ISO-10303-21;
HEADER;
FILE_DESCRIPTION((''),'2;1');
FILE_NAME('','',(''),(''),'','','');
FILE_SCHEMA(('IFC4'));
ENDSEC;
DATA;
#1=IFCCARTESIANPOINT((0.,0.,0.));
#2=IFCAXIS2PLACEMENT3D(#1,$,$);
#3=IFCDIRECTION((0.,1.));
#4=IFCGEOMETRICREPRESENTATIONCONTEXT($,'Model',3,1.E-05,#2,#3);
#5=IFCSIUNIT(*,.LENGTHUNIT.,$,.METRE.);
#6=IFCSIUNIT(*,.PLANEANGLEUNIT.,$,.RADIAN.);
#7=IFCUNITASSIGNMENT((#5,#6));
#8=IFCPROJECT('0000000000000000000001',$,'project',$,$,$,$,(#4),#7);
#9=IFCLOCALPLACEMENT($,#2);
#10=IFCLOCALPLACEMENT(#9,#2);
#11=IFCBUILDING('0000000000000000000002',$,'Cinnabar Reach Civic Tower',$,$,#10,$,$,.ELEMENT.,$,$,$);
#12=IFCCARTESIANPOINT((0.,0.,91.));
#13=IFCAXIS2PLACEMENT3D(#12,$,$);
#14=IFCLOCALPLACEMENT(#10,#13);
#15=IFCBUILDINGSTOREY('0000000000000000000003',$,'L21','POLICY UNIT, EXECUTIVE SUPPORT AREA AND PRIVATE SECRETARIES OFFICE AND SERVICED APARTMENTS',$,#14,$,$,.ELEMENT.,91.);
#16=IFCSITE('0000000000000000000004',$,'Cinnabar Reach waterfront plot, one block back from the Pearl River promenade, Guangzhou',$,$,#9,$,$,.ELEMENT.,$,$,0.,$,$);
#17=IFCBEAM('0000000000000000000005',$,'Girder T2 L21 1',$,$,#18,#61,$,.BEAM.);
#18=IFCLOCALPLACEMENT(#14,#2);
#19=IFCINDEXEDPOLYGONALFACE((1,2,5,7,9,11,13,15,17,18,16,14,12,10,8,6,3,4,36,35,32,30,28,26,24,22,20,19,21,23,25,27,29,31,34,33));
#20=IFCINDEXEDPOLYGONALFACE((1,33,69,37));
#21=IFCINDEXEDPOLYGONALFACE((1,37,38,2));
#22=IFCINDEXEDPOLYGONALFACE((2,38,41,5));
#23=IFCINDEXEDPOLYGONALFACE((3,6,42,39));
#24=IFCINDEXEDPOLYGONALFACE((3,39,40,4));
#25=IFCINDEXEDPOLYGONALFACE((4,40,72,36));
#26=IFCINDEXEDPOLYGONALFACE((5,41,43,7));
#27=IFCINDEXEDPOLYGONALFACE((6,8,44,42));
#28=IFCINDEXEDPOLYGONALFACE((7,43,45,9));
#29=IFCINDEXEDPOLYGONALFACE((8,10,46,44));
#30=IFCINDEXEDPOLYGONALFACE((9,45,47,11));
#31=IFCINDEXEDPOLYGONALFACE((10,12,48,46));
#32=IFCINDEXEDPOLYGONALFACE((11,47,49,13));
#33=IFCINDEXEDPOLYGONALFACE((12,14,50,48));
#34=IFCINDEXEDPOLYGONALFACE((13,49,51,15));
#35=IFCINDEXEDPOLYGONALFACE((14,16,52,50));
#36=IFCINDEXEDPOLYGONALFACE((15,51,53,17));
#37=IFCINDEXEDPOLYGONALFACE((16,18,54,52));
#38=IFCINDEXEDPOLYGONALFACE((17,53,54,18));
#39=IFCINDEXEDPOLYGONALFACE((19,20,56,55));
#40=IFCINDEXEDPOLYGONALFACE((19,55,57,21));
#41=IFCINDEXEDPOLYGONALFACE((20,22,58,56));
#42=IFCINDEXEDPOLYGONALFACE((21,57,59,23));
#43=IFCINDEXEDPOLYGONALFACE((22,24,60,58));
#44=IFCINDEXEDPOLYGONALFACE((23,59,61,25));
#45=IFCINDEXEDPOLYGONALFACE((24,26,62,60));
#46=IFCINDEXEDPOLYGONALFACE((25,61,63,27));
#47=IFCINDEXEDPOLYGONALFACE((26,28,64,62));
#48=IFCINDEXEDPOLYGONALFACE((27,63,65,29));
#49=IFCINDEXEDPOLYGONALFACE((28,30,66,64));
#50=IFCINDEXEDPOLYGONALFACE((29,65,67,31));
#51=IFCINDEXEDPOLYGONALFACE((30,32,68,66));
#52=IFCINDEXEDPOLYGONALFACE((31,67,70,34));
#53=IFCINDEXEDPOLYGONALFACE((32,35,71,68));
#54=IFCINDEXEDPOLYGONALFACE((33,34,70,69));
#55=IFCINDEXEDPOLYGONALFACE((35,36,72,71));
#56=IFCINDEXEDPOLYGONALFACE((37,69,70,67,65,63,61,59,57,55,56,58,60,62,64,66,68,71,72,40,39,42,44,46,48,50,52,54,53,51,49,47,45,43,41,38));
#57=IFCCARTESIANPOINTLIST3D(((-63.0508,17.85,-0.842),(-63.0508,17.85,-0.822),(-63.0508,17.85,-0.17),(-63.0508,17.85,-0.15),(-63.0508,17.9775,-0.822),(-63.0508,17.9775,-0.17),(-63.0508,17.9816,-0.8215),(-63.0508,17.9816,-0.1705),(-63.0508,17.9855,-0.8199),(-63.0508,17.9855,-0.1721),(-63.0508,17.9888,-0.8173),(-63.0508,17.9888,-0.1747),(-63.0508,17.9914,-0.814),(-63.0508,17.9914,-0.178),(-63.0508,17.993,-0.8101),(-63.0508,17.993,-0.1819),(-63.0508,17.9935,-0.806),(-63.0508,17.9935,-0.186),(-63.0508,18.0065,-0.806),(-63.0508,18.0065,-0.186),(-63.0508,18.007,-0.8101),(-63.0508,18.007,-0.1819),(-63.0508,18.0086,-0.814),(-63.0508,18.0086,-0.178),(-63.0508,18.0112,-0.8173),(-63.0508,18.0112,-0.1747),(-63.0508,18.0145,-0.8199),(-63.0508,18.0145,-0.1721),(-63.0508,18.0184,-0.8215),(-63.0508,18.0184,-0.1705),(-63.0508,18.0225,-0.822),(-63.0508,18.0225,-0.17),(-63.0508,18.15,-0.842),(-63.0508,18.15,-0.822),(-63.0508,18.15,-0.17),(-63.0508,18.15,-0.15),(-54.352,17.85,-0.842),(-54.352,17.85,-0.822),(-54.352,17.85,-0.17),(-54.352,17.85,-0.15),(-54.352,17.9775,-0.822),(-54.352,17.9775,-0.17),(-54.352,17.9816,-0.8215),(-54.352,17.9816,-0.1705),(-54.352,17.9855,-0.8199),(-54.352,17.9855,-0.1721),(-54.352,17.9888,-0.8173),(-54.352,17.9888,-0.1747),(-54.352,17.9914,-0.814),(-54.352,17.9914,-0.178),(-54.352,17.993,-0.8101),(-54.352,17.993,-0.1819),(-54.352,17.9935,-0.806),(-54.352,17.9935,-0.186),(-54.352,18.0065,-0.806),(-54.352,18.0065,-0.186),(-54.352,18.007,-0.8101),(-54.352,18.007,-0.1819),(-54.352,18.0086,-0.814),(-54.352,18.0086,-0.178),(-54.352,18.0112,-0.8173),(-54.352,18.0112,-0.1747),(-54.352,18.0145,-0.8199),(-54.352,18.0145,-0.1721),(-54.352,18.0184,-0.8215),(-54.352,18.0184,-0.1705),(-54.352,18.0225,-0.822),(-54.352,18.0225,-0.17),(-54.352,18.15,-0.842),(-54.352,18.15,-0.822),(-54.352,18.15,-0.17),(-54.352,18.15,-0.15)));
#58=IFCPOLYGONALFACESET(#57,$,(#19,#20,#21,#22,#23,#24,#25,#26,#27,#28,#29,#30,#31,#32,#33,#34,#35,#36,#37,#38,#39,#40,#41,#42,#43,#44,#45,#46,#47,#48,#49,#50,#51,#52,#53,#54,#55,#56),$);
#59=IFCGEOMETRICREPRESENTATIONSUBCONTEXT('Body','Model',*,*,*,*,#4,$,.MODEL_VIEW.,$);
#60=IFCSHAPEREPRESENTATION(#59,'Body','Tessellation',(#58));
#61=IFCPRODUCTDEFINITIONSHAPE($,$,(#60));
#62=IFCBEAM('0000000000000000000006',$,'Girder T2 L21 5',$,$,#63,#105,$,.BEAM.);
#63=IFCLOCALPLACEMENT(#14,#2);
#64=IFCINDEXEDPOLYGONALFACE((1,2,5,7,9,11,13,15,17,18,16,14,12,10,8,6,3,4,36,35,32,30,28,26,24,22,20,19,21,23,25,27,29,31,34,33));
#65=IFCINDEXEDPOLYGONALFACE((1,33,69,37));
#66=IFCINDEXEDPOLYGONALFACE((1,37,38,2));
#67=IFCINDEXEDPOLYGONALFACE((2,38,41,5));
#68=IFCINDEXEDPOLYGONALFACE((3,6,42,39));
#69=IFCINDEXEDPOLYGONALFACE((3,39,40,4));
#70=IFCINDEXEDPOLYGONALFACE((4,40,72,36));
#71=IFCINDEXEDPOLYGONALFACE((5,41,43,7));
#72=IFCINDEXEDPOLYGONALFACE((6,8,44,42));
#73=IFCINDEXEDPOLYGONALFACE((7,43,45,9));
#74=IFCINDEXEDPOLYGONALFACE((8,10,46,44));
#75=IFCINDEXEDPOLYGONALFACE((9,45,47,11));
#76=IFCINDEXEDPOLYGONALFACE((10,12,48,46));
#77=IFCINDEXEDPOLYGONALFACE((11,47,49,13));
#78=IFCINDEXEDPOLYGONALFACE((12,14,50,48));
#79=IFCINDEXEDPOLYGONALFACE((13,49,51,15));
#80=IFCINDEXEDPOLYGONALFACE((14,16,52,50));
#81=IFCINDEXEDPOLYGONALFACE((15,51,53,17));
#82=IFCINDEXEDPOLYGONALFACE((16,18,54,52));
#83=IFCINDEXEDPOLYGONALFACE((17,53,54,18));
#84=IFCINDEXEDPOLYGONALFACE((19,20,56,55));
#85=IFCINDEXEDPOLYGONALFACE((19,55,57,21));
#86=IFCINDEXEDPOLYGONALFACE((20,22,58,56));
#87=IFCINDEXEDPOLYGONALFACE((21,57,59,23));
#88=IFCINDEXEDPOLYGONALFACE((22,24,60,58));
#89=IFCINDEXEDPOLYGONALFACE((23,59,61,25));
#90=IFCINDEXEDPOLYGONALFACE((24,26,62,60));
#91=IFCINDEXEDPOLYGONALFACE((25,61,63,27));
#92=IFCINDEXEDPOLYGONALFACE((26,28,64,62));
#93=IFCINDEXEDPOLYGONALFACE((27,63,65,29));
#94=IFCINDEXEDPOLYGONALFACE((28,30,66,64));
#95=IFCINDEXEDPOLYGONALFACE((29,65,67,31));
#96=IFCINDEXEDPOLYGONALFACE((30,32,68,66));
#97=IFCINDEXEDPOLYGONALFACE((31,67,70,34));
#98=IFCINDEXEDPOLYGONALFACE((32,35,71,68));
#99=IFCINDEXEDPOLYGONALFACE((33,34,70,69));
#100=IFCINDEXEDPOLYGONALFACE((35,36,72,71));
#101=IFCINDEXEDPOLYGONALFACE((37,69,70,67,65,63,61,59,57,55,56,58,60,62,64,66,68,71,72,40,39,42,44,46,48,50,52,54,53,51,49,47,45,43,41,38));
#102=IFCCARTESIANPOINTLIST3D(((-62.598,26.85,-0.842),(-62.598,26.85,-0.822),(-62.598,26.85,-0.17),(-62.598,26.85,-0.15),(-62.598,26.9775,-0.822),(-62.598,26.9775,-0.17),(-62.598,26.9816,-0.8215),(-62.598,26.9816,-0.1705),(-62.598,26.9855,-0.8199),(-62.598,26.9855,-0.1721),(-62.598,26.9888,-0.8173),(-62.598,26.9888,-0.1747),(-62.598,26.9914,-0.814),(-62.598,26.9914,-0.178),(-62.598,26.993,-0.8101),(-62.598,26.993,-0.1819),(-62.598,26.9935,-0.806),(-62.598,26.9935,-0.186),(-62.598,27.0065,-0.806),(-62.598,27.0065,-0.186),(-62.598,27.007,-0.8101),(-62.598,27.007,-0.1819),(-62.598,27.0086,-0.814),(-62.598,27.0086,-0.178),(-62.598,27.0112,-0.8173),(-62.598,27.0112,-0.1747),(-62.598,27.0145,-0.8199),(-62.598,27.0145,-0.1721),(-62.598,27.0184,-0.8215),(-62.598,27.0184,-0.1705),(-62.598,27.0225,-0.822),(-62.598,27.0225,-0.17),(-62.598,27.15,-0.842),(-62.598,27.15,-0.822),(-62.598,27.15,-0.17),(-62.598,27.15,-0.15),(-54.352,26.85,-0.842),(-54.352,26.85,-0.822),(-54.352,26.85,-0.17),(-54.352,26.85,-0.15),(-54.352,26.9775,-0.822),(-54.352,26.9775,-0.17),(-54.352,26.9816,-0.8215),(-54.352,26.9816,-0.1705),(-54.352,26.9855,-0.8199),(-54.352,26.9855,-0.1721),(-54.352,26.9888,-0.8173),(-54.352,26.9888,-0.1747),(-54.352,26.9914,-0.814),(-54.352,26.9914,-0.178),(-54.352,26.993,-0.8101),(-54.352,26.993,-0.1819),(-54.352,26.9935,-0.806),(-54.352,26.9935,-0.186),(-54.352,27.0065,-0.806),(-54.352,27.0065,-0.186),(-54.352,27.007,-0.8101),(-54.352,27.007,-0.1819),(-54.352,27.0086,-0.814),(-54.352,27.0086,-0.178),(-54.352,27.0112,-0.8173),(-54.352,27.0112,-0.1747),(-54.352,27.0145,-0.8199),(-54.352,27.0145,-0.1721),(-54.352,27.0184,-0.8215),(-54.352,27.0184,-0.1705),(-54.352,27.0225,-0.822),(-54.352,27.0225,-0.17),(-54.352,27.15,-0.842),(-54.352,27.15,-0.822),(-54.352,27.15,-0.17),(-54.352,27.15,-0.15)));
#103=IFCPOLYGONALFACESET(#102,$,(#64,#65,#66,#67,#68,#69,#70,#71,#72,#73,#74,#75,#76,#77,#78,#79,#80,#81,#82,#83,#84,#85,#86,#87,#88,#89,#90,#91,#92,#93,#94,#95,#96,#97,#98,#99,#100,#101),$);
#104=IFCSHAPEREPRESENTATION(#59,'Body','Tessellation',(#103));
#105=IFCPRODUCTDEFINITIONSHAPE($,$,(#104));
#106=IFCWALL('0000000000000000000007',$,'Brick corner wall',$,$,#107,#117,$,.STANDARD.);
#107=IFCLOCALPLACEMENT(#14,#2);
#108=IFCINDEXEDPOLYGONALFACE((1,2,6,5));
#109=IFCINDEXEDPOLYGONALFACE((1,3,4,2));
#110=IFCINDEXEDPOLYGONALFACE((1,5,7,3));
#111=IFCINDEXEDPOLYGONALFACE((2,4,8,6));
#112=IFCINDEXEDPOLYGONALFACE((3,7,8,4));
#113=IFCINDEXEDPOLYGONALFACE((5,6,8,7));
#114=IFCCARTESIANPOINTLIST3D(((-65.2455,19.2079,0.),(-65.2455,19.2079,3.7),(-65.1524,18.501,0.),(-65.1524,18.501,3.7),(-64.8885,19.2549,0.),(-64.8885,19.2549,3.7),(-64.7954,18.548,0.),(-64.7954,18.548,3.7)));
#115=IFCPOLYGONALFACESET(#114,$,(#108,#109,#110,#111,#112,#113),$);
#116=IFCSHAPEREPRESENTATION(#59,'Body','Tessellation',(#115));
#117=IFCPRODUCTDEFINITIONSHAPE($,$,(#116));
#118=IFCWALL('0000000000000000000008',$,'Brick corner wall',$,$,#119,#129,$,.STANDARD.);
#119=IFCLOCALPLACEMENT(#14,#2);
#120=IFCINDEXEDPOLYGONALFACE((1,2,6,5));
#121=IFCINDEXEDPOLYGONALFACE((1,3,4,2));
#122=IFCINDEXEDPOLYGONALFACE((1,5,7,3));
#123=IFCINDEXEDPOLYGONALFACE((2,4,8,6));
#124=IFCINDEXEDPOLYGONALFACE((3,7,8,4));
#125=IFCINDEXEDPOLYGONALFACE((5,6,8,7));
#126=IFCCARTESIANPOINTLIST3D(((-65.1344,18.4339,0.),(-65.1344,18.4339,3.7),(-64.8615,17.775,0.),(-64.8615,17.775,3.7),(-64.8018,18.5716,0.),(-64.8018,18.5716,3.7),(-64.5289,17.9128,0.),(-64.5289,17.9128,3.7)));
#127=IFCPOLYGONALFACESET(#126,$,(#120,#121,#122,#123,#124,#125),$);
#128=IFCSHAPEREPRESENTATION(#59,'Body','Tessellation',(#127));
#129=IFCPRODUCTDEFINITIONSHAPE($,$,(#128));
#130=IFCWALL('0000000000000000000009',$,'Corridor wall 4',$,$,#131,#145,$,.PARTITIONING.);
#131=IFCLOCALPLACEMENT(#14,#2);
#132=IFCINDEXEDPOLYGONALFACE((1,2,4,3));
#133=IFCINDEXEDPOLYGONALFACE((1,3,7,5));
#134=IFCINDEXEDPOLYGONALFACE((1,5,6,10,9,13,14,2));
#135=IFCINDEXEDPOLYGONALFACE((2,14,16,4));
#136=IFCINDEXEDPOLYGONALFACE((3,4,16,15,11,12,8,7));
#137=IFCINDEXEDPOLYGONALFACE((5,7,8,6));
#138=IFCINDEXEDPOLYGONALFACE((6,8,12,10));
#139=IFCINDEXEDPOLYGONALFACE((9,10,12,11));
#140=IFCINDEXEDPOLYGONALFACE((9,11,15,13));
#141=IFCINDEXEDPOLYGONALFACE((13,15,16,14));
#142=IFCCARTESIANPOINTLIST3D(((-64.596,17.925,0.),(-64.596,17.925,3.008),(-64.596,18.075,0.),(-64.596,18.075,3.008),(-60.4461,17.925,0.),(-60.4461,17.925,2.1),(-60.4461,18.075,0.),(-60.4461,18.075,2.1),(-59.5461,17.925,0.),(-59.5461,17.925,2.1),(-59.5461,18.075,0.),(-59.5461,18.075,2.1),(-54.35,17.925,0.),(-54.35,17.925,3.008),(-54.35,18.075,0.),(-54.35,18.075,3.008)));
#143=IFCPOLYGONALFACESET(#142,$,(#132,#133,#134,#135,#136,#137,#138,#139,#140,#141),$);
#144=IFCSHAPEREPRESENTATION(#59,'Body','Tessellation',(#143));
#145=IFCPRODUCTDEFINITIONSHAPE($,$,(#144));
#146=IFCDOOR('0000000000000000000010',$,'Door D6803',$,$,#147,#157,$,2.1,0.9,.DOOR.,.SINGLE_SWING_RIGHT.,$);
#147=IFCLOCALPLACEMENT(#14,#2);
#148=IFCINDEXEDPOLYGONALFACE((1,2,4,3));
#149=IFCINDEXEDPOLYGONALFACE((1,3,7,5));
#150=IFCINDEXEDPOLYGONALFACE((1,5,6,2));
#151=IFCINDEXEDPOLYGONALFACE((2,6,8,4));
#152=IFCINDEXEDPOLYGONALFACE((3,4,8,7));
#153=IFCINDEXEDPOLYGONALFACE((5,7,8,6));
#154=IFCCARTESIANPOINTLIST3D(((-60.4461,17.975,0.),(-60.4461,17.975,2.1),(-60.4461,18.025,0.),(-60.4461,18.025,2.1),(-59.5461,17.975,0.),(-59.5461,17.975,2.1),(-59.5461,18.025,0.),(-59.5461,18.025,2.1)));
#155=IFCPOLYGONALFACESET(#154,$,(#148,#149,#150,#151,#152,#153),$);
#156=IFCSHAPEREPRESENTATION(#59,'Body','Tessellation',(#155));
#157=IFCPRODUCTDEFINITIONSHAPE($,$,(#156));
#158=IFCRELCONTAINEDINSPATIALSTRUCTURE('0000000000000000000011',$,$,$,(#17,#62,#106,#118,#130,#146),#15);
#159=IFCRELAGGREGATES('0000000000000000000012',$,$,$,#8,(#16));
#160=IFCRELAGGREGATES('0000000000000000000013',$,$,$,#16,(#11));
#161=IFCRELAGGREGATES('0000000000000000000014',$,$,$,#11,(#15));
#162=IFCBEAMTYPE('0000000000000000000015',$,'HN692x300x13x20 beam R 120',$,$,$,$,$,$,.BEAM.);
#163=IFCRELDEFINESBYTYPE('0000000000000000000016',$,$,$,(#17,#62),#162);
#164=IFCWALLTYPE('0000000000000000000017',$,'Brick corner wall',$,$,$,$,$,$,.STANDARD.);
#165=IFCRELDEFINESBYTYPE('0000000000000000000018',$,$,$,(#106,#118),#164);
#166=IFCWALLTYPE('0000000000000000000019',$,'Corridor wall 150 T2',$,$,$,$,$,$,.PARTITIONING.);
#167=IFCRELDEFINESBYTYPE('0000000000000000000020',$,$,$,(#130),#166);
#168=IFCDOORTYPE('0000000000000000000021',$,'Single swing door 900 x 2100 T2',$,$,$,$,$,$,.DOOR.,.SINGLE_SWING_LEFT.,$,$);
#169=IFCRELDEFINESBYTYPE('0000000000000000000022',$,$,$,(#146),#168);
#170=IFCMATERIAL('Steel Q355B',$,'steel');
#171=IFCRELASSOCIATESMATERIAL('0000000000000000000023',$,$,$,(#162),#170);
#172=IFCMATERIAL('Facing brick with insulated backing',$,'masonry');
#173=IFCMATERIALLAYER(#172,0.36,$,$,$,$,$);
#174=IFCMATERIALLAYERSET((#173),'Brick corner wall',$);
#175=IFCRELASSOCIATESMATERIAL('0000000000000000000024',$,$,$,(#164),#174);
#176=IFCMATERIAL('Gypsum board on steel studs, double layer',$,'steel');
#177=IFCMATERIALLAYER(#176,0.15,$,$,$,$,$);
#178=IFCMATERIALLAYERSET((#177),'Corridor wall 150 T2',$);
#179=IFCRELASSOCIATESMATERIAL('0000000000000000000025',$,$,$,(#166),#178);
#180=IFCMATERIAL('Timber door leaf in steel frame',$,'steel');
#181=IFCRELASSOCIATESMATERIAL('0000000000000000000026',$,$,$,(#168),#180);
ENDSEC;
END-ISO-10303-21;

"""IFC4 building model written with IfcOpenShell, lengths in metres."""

from ifc_helpers import new_model, si_unit, direction, frame, frame_2d, origin, origin_2d, place, context, subcontext, project, spatial, rectangle, i_section, extrude, material, layer, layer_set, material_profile, profile_set, type_object, element, fill, save


model = new_model("IFC4")

# Units and contexts
model_context = context("Model", 3, precision=1e-05, world=origin(), true_north=direction((0.0, 1.0)))
body_context = subcontext(model_context, "Body", "Model", "MODEL_VIEW")
ifc_project = project(units=[si_unit("LENGTHUNIT", "METRE"), si_unit("PLANEANGLEUNIT", "RADIAN")], contexts=[model_context])

# Site, building, storey
site_placement = place(None, origin())
site = spatial("IfcSite", under=ifc_project, at=site_placement, Name="Cinnabar Reach waterfront plot, one block back from the Pearl River promenade, Guangzhou", CompositionType="ELEMENT", RefElevation=0.0)
building_placement = place(site_placement, origin())
building = spatial("IfcBuilding", under=site, at=building_placement, Name="Cinnabar Reach Civic Tower", CompositionType="ELEMENT")
storey_placement = place(building_placement, frame((0.0, 0.0, 91.0)))
storey = spatial("IfcBuildingStorey", under=building, at=storey_placement, Name="L21", Description="POLICY UNIT, EXECUTIVE SUPPORT AREA AND PRIVATE SECRETARIES OFFICE AND SERVICED APARTMENTS", CompositionType="ELEMENT", Elevation=91.0)

# Beams
ifc_material_1 = material(Name="Steel Q355B", Category="steel")
ifc_material_profile_1 = material_profile(ifc_material_1, i_section(OverallWidth=0.3, OverallDepth=0.692, WebThickness=0.013, FlangeThickness=0.02, FilletRadius=0.016, at=origin_2d()), Name="HN692x300x13x20")
ifc_profile_set_1 = profile_set([ifc_material_profile_1], Name="Steel Q355B")
beam_type_1 = type_object("IfcBeamType", Name="HN692x300x13x20 beam R 120", PredefinedType="BEAM", material=ifc_profile_set_1)
beam_1_placement = place(storey_placement, frame((-63.0508, 18.0, -0.496), z_axis=(1.0, 0.0, 0.0), x_axis=(0.0, 1.0, 0.0)))
element("IfcBeam", 1, at=beam_1_placement, inside=storey, type_object=beam_type_1, Name="Girder T2 L21 1", PredefinedType="BEAM", context=body_context, shape_type="SweptSolid", body=[
    extrude(i_section(OverallWidth=0.3, OverallDepth=0.692, WebThickness=0.013, FlangeThickness=0.02, FilletRadius=0.016, at=origin_2d()), origin(), (0.0, 0.0, 1.0), 8.6988),
])
beam_2_placement = place(storey_placement, frame((-62.598, 27.0, -0.496), z_axis=(1.0, 0.0, 0.0), x_axis=(0.0, 1.0, 0.0)))
element("IfcBeam", 2, at=beam_2_placement, inside=storey, type_object=beam_type_1, Name="Girder T2 L21 5", PredefinedType="BEAM", context=body_context, shape_type="SweptSolid", body=[
    extrude(i_section(OverallWidth=0.3, OverallDepth=0.692, WebThickness=0.013, FlangeThickness=0.02, FilletRadius=0.016, at=origin_2d()), origin(), (0.0, 0.0, 1.0), 8.246),
])

# Walls
ifc_material_2 = material(Name="Facing brick with insulated backing", Category="masonry")
ifc_layer_1 = layer(ifc_material_2, 0.36)
ifc_layer_set_1 = layer_set([ifc_layer_1], Name="Brick corner wall")
wall_type_1 = type_object("IfcWallType", Name="Brick corner wall", PredefinedType="STANDARD", material=ifc_layer_set_1)
for number, where, z_axis, x_axis, name in (
    (3, (-65.067, 19.2314, 0.0), (0.0, 0.0, 1.0), (0.130556, -0.991441, 0.0), "Brick corner wall"),
    (4, (-64.9681, 18.5027, 0.0), (0.0, 0.0, 1.0), (0.382703, -0.923872, 0.0), "Brick corner wall"),
):
    element("IfcWall", number, at=place(storey_placement, frame(where, z_axis=z_axis, x_axis=x_axis)), inside=storey, type_object=wall_type_1, Name=name, PredefinedType="STANDARD", context=body_context, shape_type="SweptSolid", body=[
        extrude(rectangle(XDim=0.7131, YDim=0.36, at=frame_2d((0.3565, 0.0))), origin(), (0.0, 0.0, 1.0), 3.7),
    ])

# Wall, opening, door
ifc_material_3 = material(Name="Gypsum board on steel studs, double layer", Category="steel")
ifc_layer_2 = layer(ifc_material_3, 0.15)
ifc_layer_set_2 = layer_set([ifc_layer_2], Name="Corridor wall 150 T2")
wall_type_2 = type_object("IfcWallType", Name="Corridor wall 150 T2", PredefinedType="PARTITIONING", material=ifc_layer_set_2)
wall_1_placement = place(storey_placement, frame((-64.5961, 18.0, 0.0), z_axis=(0.0, 0.0, 1.0), x_axis=(1.0, 0.0, 0.0)))
wall_1 = element("IfcWall", 5, at=wall_1_placement, inside=storey, type_object=wall_type_2, Name="Corridor wall 4", PredefinedType="PARTITIONING", context=body_context, shape_type="SweptSolid", body=[
    extrude(rectangle(XDim=10.2461, YDim=0.15, at=frame_2d((5.1231, 0.0))), origin(), (0.0, 0.0, 1.0), 3.008),
])
opening_1_placement = place(wall_1_placement, frame((4.15, 0.0, 0.0)))
opening_1 = element("IfcOpeningElement", 6, at=opening_1_placement, cuts=wall_1, PredefinedType="OPENING", context=body_context, shape_type="SweptSolid", body=[
    extrude(rectangle(XDim=0.9, YDim=2.1, at=frame_2d((0.45, 1.05))), frame((0.0, 0.085, 0.0), z_axis=(0.0, -1.0, 0.0), x_axis=(1.0, 0.0, 0.0)), (0.0, 0.0, 1.0), 0.17),
])
ifc_material_4 = material(Name="Timber door leaf in steel frame", Category="steel")
door_type = type_object("IfcDoorType", Name="Single swing door 900 x 2100 T2", OperationType="SINGLE_SWING_LEFT", PredefinedType="DOOR", material=ifc_material_4)
door_1_placement = place(opening_1_placement, frame((0.9, 0.0, 0.0), z_axis=(0.0, 0.0, 1.0), x_axis=(-1.0, 0.0, 0.0)))
door_1 = element("IfcDoor", 7, at=door_1_placement, inside=storey, type_object=door_type, Name="Door D6803", OperationType="SINGLE_SWING_RIGHT", OverallHeight=2.1, OverallWidth=0.9, PredefinedType="DOOR", context=body_context, shape_type="SweptSolid", body=[
    extrude(rectangle(XDim=0.9, YDim=2.1, at=frame_2d((0.45, 1.05))), frame((0.0, 0.025, 0.0), z_axis=(0.0, -1.0, 0.0), x_axis=(1.0, 0.0, 0.0)), (0.0, 0.0, 1.0), 0.05),
])
fill(opening_1, door_1)

save(model, "model.ifc")
